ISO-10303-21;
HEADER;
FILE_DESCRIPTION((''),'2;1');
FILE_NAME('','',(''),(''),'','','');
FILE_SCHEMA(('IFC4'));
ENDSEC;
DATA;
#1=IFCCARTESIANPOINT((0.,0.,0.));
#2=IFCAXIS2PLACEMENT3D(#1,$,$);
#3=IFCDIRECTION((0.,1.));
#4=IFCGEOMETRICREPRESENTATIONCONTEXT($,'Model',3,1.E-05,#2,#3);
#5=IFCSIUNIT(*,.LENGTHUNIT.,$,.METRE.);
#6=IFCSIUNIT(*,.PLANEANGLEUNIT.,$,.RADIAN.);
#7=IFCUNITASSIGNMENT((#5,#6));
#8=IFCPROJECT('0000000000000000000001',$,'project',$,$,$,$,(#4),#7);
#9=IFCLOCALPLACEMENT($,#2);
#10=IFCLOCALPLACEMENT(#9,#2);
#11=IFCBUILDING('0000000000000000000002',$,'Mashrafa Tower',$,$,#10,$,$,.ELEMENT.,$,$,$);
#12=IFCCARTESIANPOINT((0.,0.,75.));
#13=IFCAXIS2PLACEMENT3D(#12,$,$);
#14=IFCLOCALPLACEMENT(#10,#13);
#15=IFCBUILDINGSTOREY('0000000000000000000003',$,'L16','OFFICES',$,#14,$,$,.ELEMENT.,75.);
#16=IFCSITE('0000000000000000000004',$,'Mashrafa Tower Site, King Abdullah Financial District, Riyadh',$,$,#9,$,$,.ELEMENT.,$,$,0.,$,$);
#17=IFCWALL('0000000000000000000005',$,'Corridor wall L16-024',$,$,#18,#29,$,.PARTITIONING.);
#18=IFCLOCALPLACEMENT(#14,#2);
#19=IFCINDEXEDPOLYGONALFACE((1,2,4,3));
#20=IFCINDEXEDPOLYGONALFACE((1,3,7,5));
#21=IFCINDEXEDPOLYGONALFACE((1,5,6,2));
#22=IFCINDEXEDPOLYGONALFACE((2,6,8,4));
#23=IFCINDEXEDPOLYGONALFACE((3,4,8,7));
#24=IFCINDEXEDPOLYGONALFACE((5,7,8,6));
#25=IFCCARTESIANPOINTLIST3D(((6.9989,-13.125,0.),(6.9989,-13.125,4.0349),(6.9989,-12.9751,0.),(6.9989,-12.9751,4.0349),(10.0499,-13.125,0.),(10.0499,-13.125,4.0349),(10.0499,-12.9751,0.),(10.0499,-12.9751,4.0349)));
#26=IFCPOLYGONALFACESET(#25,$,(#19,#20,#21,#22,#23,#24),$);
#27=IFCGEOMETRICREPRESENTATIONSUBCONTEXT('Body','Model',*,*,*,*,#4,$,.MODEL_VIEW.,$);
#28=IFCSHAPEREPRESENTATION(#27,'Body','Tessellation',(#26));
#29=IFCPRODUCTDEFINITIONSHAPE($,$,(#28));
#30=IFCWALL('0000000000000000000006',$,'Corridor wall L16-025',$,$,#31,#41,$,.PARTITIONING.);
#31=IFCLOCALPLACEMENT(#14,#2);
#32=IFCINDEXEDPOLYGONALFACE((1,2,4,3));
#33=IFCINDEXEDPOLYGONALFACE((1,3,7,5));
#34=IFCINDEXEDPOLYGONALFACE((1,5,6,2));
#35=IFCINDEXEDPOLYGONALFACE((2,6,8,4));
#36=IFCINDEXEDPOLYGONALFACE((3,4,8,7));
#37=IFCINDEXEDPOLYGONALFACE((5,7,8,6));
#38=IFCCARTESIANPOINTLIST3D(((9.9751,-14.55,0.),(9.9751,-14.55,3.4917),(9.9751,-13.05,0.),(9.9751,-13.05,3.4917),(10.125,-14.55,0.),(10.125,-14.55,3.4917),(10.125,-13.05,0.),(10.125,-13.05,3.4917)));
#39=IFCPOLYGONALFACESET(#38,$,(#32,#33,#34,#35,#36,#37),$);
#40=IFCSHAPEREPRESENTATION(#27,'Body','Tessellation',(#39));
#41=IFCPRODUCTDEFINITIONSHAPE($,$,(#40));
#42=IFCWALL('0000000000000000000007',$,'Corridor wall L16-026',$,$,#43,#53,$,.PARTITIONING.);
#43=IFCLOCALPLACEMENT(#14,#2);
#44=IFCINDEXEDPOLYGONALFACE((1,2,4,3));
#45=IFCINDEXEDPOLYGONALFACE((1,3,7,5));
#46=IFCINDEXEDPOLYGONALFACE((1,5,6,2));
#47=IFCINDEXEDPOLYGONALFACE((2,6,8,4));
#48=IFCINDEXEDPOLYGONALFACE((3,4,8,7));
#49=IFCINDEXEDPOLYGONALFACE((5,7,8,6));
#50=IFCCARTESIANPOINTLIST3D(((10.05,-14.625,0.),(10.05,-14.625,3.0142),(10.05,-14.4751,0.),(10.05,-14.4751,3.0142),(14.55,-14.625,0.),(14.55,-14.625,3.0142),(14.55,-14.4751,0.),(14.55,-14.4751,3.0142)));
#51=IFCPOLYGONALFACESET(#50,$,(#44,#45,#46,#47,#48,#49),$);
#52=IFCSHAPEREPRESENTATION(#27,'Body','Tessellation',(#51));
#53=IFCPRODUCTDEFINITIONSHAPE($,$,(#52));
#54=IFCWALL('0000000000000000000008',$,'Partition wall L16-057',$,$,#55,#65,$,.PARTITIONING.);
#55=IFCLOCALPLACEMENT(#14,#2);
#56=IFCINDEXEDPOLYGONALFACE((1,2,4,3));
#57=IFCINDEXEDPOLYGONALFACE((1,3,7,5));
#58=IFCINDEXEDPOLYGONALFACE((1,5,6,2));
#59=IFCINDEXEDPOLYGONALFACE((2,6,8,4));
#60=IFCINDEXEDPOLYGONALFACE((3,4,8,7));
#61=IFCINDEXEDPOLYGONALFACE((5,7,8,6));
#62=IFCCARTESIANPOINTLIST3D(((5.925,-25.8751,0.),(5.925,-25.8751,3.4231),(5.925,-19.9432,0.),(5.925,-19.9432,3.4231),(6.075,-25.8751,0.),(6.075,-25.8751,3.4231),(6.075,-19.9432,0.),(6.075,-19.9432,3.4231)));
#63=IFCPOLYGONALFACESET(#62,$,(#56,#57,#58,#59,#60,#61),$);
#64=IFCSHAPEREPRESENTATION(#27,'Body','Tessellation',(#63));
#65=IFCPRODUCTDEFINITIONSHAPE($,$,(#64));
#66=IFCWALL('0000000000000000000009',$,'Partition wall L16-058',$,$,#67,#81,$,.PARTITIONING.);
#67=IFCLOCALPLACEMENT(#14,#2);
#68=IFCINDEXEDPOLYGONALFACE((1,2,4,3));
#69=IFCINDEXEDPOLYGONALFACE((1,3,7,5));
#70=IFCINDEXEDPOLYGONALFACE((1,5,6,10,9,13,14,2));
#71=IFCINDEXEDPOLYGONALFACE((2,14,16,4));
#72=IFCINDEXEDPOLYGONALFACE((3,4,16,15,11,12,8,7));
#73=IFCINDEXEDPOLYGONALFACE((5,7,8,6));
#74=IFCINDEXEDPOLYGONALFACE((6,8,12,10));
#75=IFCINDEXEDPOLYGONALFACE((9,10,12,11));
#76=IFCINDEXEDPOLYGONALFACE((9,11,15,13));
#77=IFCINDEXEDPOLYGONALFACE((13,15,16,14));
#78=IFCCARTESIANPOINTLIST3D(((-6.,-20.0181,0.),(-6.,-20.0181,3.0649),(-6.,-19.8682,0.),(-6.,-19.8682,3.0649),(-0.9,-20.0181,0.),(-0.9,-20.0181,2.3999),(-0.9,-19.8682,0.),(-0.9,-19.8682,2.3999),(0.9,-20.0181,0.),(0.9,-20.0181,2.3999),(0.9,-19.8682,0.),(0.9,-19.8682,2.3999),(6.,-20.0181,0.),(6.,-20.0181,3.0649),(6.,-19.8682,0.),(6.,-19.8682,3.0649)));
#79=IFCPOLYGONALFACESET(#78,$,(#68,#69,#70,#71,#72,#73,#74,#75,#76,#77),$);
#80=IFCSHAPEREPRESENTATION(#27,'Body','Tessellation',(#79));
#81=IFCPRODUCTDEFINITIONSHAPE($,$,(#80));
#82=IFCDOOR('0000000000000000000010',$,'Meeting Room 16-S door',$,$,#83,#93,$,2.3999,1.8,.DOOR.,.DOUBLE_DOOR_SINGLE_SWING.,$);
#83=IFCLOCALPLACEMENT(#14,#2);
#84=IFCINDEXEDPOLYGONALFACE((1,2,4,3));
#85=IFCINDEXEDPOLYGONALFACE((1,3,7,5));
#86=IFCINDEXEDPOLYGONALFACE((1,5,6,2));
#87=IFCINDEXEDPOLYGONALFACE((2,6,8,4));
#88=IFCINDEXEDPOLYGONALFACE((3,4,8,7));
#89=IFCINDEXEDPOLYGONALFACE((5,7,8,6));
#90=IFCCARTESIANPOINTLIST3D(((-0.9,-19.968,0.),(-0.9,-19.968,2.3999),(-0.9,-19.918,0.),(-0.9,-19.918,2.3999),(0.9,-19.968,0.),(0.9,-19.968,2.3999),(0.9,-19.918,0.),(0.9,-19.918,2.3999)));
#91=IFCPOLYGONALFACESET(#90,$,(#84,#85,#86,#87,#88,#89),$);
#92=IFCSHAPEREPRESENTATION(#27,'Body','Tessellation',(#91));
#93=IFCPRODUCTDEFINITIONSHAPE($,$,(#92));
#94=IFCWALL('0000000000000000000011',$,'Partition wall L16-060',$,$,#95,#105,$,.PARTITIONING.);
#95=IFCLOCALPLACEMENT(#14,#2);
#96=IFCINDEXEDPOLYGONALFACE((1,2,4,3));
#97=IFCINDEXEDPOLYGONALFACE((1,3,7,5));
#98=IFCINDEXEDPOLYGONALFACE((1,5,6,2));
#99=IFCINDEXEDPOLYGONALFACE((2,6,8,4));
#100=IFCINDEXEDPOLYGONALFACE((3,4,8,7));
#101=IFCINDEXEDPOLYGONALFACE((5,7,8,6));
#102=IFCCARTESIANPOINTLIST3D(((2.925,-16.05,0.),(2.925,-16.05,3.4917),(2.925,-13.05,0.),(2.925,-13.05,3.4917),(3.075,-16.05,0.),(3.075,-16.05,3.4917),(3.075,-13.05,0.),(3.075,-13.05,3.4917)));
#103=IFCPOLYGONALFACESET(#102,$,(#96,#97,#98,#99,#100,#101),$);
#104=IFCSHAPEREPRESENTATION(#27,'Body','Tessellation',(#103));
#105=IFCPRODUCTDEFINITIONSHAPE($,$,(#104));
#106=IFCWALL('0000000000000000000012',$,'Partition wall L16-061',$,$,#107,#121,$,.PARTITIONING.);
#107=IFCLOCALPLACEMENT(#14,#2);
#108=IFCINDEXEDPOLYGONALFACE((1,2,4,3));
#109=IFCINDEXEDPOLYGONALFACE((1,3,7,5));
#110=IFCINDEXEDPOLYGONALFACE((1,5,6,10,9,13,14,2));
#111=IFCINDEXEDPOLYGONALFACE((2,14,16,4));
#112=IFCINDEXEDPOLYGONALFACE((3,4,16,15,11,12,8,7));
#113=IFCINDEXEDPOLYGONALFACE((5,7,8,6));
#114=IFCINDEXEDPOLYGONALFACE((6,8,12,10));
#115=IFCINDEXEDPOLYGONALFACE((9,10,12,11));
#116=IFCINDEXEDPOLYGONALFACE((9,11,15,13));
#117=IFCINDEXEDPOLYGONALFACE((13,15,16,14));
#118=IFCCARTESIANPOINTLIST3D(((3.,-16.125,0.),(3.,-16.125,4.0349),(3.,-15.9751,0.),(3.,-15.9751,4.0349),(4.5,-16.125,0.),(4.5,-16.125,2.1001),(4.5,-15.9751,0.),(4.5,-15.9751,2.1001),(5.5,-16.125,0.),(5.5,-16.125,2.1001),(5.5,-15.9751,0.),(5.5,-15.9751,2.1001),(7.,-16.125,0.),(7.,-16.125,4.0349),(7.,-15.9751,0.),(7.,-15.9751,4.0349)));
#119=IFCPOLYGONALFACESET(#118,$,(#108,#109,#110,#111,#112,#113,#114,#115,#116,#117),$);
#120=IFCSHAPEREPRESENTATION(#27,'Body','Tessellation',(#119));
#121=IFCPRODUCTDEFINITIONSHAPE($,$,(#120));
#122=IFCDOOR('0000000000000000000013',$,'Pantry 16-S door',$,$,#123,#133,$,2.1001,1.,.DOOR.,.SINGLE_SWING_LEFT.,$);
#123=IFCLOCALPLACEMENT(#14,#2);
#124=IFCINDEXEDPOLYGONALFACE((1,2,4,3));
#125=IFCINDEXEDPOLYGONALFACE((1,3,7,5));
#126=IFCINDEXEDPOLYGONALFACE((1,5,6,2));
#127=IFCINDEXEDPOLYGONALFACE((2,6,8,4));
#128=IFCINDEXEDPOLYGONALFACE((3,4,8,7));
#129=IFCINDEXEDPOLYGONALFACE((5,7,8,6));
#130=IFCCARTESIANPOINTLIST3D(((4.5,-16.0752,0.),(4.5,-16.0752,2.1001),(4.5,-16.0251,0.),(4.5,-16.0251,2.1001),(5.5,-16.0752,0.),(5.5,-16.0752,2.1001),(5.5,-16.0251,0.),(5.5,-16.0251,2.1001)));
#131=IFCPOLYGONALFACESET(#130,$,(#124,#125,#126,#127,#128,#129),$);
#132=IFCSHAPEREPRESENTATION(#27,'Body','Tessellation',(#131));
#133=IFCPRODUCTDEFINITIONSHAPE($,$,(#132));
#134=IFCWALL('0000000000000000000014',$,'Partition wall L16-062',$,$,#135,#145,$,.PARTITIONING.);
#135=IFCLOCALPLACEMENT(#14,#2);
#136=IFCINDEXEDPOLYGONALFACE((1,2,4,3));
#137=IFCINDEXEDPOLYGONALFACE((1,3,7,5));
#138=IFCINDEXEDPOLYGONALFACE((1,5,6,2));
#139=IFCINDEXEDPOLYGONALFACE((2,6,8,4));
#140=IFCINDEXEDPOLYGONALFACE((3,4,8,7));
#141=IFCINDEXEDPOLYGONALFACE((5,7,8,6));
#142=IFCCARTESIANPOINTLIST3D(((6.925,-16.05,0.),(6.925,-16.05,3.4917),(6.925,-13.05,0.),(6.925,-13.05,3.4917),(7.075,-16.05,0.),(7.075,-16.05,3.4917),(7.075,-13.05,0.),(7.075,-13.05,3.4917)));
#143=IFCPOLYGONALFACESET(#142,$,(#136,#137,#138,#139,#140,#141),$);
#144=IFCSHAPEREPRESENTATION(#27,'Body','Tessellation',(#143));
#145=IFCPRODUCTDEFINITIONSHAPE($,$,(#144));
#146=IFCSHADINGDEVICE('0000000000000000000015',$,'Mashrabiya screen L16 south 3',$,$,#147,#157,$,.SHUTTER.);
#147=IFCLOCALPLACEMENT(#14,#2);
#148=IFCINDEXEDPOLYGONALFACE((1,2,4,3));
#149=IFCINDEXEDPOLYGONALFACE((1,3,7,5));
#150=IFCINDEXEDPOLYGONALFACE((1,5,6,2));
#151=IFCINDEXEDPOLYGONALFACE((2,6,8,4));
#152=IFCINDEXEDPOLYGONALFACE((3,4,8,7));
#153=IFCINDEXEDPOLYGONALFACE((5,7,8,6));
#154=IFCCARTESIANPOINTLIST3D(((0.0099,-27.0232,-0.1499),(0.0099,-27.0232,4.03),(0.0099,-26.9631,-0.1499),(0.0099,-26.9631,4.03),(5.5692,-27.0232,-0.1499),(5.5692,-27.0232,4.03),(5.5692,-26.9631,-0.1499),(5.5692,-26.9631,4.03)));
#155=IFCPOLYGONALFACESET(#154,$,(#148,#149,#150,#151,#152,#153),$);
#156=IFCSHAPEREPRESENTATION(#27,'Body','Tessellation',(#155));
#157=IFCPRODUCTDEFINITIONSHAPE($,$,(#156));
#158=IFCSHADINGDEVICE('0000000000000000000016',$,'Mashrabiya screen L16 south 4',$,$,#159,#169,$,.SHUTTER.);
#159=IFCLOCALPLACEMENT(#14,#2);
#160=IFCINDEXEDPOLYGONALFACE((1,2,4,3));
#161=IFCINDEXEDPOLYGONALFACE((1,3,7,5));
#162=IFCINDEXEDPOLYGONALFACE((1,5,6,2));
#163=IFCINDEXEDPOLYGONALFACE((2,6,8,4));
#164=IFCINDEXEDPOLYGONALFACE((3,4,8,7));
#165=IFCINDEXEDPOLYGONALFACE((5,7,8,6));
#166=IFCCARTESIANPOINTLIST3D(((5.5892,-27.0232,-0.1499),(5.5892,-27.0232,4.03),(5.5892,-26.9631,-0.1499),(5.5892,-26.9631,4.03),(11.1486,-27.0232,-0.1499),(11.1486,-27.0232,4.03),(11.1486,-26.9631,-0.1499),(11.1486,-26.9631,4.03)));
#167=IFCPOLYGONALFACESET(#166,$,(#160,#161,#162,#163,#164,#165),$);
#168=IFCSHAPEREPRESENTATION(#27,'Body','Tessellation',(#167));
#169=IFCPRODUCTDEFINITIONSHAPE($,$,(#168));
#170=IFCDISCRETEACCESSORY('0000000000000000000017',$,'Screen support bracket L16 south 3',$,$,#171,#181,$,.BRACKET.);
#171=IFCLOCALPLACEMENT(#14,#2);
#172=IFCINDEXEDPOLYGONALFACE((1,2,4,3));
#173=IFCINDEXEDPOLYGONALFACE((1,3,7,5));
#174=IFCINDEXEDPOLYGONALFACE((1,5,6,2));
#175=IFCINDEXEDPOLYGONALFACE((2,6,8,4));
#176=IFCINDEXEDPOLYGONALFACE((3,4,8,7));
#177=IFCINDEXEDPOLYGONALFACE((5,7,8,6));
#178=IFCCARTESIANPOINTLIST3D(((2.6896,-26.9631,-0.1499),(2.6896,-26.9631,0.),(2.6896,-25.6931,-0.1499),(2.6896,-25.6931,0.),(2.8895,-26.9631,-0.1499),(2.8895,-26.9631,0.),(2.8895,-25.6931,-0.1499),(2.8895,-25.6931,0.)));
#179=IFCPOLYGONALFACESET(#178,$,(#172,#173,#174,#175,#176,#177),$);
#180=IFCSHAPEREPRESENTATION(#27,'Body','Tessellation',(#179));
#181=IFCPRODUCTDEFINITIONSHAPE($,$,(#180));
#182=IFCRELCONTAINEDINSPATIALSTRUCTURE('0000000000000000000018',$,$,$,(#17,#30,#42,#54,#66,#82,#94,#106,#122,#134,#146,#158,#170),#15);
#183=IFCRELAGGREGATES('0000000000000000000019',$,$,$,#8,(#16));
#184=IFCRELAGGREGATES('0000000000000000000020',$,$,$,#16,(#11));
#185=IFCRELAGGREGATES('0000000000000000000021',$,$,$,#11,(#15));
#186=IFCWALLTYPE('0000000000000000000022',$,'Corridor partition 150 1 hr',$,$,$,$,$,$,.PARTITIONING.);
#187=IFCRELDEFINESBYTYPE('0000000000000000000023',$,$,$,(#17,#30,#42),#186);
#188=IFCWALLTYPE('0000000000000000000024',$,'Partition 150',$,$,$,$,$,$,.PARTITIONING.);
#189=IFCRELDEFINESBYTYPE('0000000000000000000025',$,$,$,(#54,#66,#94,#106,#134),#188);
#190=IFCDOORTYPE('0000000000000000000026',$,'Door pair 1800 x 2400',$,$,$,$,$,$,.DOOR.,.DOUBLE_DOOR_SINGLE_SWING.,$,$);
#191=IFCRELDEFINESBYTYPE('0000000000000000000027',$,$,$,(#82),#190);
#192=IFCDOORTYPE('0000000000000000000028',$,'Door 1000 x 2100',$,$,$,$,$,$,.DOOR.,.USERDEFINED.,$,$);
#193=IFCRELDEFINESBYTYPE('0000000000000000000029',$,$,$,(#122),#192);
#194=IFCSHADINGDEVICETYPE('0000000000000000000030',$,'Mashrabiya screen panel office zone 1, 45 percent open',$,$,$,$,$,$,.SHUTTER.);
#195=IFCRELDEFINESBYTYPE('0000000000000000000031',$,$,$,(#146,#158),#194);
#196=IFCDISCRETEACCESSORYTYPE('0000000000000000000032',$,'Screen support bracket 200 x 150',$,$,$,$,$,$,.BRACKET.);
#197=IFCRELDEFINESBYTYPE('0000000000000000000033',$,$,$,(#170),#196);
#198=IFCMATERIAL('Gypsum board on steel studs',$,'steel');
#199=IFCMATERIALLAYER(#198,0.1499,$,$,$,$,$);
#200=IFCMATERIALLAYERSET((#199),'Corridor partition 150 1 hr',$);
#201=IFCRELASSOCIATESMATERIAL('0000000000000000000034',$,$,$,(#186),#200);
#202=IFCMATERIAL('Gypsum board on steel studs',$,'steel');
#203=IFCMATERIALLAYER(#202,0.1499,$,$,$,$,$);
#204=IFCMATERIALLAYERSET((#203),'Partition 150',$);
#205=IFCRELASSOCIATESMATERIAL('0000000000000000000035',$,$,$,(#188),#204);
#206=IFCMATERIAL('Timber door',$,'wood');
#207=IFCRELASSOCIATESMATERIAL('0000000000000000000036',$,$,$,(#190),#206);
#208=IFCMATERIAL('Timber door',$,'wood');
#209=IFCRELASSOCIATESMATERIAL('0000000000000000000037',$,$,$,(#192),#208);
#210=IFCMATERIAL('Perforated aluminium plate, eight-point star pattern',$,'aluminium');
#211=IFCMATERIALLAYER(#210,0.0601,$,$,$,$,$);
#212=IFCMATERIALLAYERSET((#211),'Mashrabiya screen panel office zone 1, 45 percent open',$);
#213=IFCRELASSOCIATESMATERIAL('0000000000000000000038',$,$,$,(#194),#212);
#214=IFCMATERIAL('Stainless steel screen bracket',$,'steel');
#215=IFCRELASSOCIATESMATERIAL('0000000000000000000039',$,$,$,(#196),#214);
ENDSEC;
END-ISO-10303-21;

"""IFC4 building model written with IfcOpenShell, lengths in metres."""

from ifc_helpers import new_model, si_unit, direction, frame, frame_2d, origin, origin_2d, place, context, subcontext, project, spatial, rectangle, extrude, source, transform, mapped, material, layer, layer_set, type_object, type_shapes, element, fill, save


model = new_model("IFC4")

# Units and contexts
model_context = context("Model", 3, precision=1e-05, world=origin(), true_north=direction((0.0, 1.0)))
body_context = subcontext(model_context, "Body", "Model", "MODEL_VIEW")
ifc_project = project(units=[si_unit("LENGTHUNIT", "METRE"), si_unit("PLANEANGLEUNIT", "RADIAN")], contexts=[model_context])

# Site, building, storey
site_placement = place(None, origin())
site = spatial("IfcSite", under=ifc_project, at=site_placement, Name="Mashrafa Tower Site, King Abdullah Financial District, Riyadh", CompositionType="ELEMENT", RefElevation=0.0)
building_placement = place(site_placement, origin())
building = spatial("IfcBuilding", under=site, at=building_placement, Name="Mashrafa Tower", CompositionType="ELEMENT")
storey_placement = place(building_placement, frame((0.0, 0.0, 75.0)))
storey = spatial("IfcBuildingStorey", under=building, at=storey_placement, Name="L16", Description="OFFICES", CompositionType="ELEMENT", Elevation=75.0)

# Walls
ifc_material_1 = material(Name="Gypsum board on steel studs", Category="steel")
ifc_layer_1 = layer(ifc_material_1, 0.1499)
ifc_layer_set_1 = layer_set([ifc_layer_1], Name="Corridor partition 150 1 hr")
wall_type_1 = type_object("IfcWallType", Name="Corridor partition 150 1 hr", PredefinedType="PARTITIONING", material=ifc_layer_set_1)
wall_1_placement = place(storey_placement, frame((6.999, -13.05, 0.0), z_axis=(0.0, 0.0, 1.0), x_axis=(1.0, 0.0, 0.0)))
element("IfcWall", 1, at=wall_1_placement, inside=storey, type_object=wall_type_1, Name="Corridor wall L16-024", PredefinedType="PARTITIONING", context=body_context, shape_type="SweptSolid", body=[
    extrude(rectangle(XDim=3.051, YDim=0.1499, at=frame_2d((1.5254, 0.0))), origin(), (0.0, 0.0, 1.0), 4.0349),
])
wall_2_placement = place(storey_placement, frame((10.05, -13.05, 0.0), z_axis=(0.0, 0.0, 1.0), x_axis=(0.0, -1.0, 0.0)))
element("IfcWall", 2, at=wall_2_placement, inside=storey, type_object=wall_type_1, Name="Corridor wall L16-025", PredefinedType="PARTITIONING", context=body_context, shape_type="SweptSolid", body=[
    extrude(rectangle(XDim=1.5, YDim=0.1499, at=frame_2d((0.75, 0.0))), origin(), (0.0, 0.0, 1.0), 3.4917),
])
wall_3_placement = place(storey_placement, frame((10.05, -14.55, 0.0), z_axis=(0.0, 0.0, 1.0), x_axis=(1.0, 0.0, 0.0)))
element("IfcWall", 3, at=wall_3_placement, inside=storey, type_object=wall_type_1, Name="Corridor wall L16-026", PredefinedType="PARTITIONING", context=body_context, shape_type="SweptSolid", body=[
    extrude(rectangle(XDim=4.5, YDim=0.1499, at=frame_2d((2.25, 0.0))), origin(), (0.0, 0.0, 1.0), 3.0142),
])
ifc_material_2 = material(Name="Gypsum board on steel studs", Category="steel")
ifc_layer_2 = layer(ifc_material_2, 0.1499)
ifc_layer_set_2 = layer_set([ifc_layer_2], Name="Partition 150")
wall_type_2 = type_object("IfcWallType", Name="Partition 150", PredefinedType="PARTITIONING", material=ifc_layer_set_2)
wall_4_placement = place(storey_placement, frame((6.0, -25.875, 0.0), z_axis=(0.0, 0.0, 1.0), x_axis=(0.0, 1.0, 0.0)))
element("IfcWall", 4, at=wall_4_placement, inside=storey, type_object=wall_type_2, Name="Partition wall L16-057", PredefinedType="PARTITIONING", context=body_context, shape_type="SweptSolid", body=[
    extrude(rectangle(XDim=5.9319, YDim=0.1499, at=frame_2d((2.9658, 0.0))), origin(), (0.0, 0.0, 1.0), 3.4231),
])

# Wall, opening, door
wall_5_placement = place(storey_placement, frame((6.0, -19.9431, 0.0), z_axis=(0.0, 0.0, 1.0), x_axis=(-1.0, 0.0, 0.0)))
wall_5 = element("IfcWall", 5, at=wall_5_placement, inside=storey, type_object=wall_type_2, Name="Partition wall L16-058", PredefinedType="PARTITIONING", context=body_context, shape_type="SweptSolid", body=[
    extrude(rectangle(XDim=12.0, YDim=0.1499, at=frame_2d((6.0, 0.0))), origin(), (0.0, 0.0, 1.0), 3.0649),
])
opening_1_placement = place(wall_5_placement, frame((5.1001, 0.0, 0.0)))
opening_1 = element("IfcOpeningElement", 6, at=opening_1_placement, cuts=wall_5, PredefinedType="OPENING", context=body_context, shape_type="SweptSolid", body=[
    extrude(rectangle(XDim=1.8, YDim=2.3999, at=frame_2d((0.8999, 1.2))), frame((0.0, 0.085, 0.0), z_axis=(0.0, -1.0, 0.0), x_axis=(1.0, 0.0, 0.0)), (0.0, 0.0, 1.0), 0.1699),
])
ifc_material_3 = material(Name="Timber door", Category="wood")
door_type_1 = type_object("IfcDoorType", Name="Door pair 1800 x 2400", OperationType="DOUBLE_DOOR_SINGLE_SWING", PredefinedType="DOOR", material=ifc_material_3)
door_1_placement = place(opening_1_placement, origin())
door_1 = element("IfcDoor", 7, at=door_1_placement, inside=storey, type_object=door_type_1, Name="Meeting Room 16-S door", OperationType="DOUBLE_DOOR_SINGLE_SWING", OverallHeight=2.3999, OverallWidth=1.8, PredefinedType="DOOR", context=body_context, shape_type="SweptSolid", body=[
    extrude(rectangle(XDim=1.8, YDim=2.3999, at=frame_2d((0.8999, 1.2))), frame((0.0, 0.0249, 0.0), z_axis=(0.0, -1.0, 0.0), x_axis=(1.0, 0.0, 0.0)), (0.0, 0.0, 1.0), 0.05),
])
fill(opening_1, door_1)

# Wall
wall_6_placement = place(storey_placement, frame((3.0, -13.05, 0.0), z_axis=(0.0, 0.0, 1.0), x_axis=(0.0, -1.0, 0.0)))
element("IfcWall", 8, at=wall_6_placement, inside=storey, type_object=wall_type_2, Name="Partition wall L16-060", PredefinedType="PARTITIONING", context=body_context, shape_type="SweptSolid", body=[
    extrude(rectangle(XDim=3.0, YDim=0.1499, at=frame_2d((1.5, 0.0))), origin(), (0.0, 0.0, 1.0), 3.4917),
])

# Wall, opening, door
wall_7_placement = place(storey_placement, frame((3.0, -16.05, 0.0), z_axis=(0.0, 0.0, 1.0), x_axis=(1.0, 0.0, 0.0)))
wall_7 = element("IfcWall", 9, at=wall_7_placement, inside=storey, type_object=wall_type_2, Name="Partition wall L16-061", PredefinedType="PARTITIONING", context=body_context, shape_type="SweptSolid", body=[
    extrude(rectangle(XDim=4.0, YDim=0.1499, at=frame_2d((2.0, 0.0))), origin(), (0.0, 0.0, 1.0), 4.0349),
])
opening_2_placement = place(wall_7_placement, frame((1.5, 0.0, 0.0)))
opening_2 = element("IfcOpeningElement", 10, at=opening_2_placement, cuts=wall_7, PredefinedType="OPENING", context=body_context, shape_type="SweptSolid", body=[
    extrude(rectangle(XDim=1.0, YDim=2.1001, at=frame_2d((0.5, 1.05))), frame((0.0, 0.085, 0.0), z_axis=(0.0, -1.0, 0.0), x_axis=(1.0, 0.0, 0.0)), (0.0, 0.0, 1.0), 0.1699),
])
ifc_material_4 = material(Name="Timber door", Category="wood")
door_type_2 = type_object("IfcDoorType", Name="Door 1000 x 2100", OperationType="USERDEFINED", PredefinedType="DOOR", material=ifc_material_4)
door_2_placement = place(opening_2_placement, origin())
door_2 = element("IfcDoor", 11, at=door_2_placement, inside=storey, type_object=door_type_2, Name="Pantry 16-S door", OperationType="SINGLE_SWING_LEFT", OverallHeight=2.1001, OverallWidth=1.0, PredefinedType="DOOR", context=body_context, shape_type="SweptSolid", body=[
    extrude(rectangle(XDim=1.0, YDim=2.1001, at=frame_2d((0.5, 1.05))), frame((0.0, 0.0249, 0.0), z_axis=(0.0, -1.0, 0.0), x_axis=(1.0, 0.0, 0.0)), (0.0, 0.0, 1.0), 0.05),
])
fill(opening_2, door_2)

# Wall
wall_8_placement = place(storey_placement, frame((7.0, -16.05, 0.0), z_axis=(0.0, 0.0, 1.0), x_axis=(0.0, 1.0, 0.0)))
element("IfcWall", 12, at=wall_8_placement, inside=storey, type_object=wall_type_2, Name="Partition wall L16-062", PredefinedType="PARTITIONING", context=body_context, shape_type="SweptSolid", body=[
    extrude(rectangle(XDim=3.0, YDim=0.1499, at=frame_2d((1.5, 0.0))), origin(), (0.0, 0.0, 1.0), 3.4917),
])

# Shading devices
ifc_material_5 = material(Name="Perforated aluminium plate, eight-point star pattern", Category="aluminium")
ifc_layer_3 = layer(ifc_material_5, 0.0601)
ifc_layer_set_3 = layer_set([ifc_layer_3], Name="Mashrabiya screen panel office zone 1, 45 percent open")
shading_device_type = type_object("IfcShadingDeviceType", Name="Mashrabiya screen panel office zone 1, 45 percent open", PredefinedType="SHUTTER", material=ifc_layer_set_3)
shared_shape_1 = source(origin(), body_context, "Body", "SweptSolid", [
    extrude(rectangle(XDim=5.5593, YDim=0.0601, at=origin_2d()), origin(), (0.0, 0.0, 1.0), 4.1799),
])
type_shapes(shading_device_type, [shared_shape_1])
for number, where, z_axis, x_axis, name in (
    (13, (2.7896, -26.9932, -0.1499), (0.0, 0.0, 1.0), (1.0, 0.0, 0.0), "Mashrabiya screen L16 south 3"),
    (14, (8.3689, -26.9932, -0.1499), (0.0, 0.0, 1.0), (1.0, 0.0, 0.0), "Mashrabiya screen L16 south 4"),
):
    element("IfcShadingDevice", number, at=place(storey_placement, frame(where, z_axis=z_axis, x_axis=x_axis)), inside=storey, type_object=shading_device_type, Name=name, PredefinedType="SHUTTER", context=body_context, shape_type="MappedRepresentation", body=[
        mapped(shared_shape_1, transform((0.0, 0.0, 0.0))),
    ])

# Discrete accessory
ifc_material_6 = material(Name="Stainless steel screen bracket", Category="steel")
discrete_accessory_type = type_object("IfcDiscreteAccessoryType", Name="Screen support bracket 200 x 150", PredefinedType="BRACKET", material=ifc_material_6)
shared_shape_2 = source(origin(), body_context, "Body", "SweptSolid", [
    extrude(rectangle(XDim=0.2, YDim=1.27, at=origin_2d()), origin(), (0.0, 0.0, 1.0), 0.1499),
])
type_shapes(discrete_accessory_type, [shared_shape_2])
for number, where, z_axis, x_axis, name in (
    (15, (2.7896, -26.3281, -0.1499), (0.0, 0.0, 1.0), (1.0, 0.0, 0.0), "Screen support bracket L16 south 3"),
):
    element("IfcDiscreteAccessory", number, at=place(storey_placement, frame(where, z_axis=z_axis, x_axis=x_axis)), inside=storey, type_object=discrete_accessory_type, Name=name, PredefinedType="BRACKET", context=body_context, shape_type="MappedRepresentation", body=[
        mapped(shared_shape_2, transform((0.0, 0.0, 0.0))),
    ])

save(model, "model.ifc")
